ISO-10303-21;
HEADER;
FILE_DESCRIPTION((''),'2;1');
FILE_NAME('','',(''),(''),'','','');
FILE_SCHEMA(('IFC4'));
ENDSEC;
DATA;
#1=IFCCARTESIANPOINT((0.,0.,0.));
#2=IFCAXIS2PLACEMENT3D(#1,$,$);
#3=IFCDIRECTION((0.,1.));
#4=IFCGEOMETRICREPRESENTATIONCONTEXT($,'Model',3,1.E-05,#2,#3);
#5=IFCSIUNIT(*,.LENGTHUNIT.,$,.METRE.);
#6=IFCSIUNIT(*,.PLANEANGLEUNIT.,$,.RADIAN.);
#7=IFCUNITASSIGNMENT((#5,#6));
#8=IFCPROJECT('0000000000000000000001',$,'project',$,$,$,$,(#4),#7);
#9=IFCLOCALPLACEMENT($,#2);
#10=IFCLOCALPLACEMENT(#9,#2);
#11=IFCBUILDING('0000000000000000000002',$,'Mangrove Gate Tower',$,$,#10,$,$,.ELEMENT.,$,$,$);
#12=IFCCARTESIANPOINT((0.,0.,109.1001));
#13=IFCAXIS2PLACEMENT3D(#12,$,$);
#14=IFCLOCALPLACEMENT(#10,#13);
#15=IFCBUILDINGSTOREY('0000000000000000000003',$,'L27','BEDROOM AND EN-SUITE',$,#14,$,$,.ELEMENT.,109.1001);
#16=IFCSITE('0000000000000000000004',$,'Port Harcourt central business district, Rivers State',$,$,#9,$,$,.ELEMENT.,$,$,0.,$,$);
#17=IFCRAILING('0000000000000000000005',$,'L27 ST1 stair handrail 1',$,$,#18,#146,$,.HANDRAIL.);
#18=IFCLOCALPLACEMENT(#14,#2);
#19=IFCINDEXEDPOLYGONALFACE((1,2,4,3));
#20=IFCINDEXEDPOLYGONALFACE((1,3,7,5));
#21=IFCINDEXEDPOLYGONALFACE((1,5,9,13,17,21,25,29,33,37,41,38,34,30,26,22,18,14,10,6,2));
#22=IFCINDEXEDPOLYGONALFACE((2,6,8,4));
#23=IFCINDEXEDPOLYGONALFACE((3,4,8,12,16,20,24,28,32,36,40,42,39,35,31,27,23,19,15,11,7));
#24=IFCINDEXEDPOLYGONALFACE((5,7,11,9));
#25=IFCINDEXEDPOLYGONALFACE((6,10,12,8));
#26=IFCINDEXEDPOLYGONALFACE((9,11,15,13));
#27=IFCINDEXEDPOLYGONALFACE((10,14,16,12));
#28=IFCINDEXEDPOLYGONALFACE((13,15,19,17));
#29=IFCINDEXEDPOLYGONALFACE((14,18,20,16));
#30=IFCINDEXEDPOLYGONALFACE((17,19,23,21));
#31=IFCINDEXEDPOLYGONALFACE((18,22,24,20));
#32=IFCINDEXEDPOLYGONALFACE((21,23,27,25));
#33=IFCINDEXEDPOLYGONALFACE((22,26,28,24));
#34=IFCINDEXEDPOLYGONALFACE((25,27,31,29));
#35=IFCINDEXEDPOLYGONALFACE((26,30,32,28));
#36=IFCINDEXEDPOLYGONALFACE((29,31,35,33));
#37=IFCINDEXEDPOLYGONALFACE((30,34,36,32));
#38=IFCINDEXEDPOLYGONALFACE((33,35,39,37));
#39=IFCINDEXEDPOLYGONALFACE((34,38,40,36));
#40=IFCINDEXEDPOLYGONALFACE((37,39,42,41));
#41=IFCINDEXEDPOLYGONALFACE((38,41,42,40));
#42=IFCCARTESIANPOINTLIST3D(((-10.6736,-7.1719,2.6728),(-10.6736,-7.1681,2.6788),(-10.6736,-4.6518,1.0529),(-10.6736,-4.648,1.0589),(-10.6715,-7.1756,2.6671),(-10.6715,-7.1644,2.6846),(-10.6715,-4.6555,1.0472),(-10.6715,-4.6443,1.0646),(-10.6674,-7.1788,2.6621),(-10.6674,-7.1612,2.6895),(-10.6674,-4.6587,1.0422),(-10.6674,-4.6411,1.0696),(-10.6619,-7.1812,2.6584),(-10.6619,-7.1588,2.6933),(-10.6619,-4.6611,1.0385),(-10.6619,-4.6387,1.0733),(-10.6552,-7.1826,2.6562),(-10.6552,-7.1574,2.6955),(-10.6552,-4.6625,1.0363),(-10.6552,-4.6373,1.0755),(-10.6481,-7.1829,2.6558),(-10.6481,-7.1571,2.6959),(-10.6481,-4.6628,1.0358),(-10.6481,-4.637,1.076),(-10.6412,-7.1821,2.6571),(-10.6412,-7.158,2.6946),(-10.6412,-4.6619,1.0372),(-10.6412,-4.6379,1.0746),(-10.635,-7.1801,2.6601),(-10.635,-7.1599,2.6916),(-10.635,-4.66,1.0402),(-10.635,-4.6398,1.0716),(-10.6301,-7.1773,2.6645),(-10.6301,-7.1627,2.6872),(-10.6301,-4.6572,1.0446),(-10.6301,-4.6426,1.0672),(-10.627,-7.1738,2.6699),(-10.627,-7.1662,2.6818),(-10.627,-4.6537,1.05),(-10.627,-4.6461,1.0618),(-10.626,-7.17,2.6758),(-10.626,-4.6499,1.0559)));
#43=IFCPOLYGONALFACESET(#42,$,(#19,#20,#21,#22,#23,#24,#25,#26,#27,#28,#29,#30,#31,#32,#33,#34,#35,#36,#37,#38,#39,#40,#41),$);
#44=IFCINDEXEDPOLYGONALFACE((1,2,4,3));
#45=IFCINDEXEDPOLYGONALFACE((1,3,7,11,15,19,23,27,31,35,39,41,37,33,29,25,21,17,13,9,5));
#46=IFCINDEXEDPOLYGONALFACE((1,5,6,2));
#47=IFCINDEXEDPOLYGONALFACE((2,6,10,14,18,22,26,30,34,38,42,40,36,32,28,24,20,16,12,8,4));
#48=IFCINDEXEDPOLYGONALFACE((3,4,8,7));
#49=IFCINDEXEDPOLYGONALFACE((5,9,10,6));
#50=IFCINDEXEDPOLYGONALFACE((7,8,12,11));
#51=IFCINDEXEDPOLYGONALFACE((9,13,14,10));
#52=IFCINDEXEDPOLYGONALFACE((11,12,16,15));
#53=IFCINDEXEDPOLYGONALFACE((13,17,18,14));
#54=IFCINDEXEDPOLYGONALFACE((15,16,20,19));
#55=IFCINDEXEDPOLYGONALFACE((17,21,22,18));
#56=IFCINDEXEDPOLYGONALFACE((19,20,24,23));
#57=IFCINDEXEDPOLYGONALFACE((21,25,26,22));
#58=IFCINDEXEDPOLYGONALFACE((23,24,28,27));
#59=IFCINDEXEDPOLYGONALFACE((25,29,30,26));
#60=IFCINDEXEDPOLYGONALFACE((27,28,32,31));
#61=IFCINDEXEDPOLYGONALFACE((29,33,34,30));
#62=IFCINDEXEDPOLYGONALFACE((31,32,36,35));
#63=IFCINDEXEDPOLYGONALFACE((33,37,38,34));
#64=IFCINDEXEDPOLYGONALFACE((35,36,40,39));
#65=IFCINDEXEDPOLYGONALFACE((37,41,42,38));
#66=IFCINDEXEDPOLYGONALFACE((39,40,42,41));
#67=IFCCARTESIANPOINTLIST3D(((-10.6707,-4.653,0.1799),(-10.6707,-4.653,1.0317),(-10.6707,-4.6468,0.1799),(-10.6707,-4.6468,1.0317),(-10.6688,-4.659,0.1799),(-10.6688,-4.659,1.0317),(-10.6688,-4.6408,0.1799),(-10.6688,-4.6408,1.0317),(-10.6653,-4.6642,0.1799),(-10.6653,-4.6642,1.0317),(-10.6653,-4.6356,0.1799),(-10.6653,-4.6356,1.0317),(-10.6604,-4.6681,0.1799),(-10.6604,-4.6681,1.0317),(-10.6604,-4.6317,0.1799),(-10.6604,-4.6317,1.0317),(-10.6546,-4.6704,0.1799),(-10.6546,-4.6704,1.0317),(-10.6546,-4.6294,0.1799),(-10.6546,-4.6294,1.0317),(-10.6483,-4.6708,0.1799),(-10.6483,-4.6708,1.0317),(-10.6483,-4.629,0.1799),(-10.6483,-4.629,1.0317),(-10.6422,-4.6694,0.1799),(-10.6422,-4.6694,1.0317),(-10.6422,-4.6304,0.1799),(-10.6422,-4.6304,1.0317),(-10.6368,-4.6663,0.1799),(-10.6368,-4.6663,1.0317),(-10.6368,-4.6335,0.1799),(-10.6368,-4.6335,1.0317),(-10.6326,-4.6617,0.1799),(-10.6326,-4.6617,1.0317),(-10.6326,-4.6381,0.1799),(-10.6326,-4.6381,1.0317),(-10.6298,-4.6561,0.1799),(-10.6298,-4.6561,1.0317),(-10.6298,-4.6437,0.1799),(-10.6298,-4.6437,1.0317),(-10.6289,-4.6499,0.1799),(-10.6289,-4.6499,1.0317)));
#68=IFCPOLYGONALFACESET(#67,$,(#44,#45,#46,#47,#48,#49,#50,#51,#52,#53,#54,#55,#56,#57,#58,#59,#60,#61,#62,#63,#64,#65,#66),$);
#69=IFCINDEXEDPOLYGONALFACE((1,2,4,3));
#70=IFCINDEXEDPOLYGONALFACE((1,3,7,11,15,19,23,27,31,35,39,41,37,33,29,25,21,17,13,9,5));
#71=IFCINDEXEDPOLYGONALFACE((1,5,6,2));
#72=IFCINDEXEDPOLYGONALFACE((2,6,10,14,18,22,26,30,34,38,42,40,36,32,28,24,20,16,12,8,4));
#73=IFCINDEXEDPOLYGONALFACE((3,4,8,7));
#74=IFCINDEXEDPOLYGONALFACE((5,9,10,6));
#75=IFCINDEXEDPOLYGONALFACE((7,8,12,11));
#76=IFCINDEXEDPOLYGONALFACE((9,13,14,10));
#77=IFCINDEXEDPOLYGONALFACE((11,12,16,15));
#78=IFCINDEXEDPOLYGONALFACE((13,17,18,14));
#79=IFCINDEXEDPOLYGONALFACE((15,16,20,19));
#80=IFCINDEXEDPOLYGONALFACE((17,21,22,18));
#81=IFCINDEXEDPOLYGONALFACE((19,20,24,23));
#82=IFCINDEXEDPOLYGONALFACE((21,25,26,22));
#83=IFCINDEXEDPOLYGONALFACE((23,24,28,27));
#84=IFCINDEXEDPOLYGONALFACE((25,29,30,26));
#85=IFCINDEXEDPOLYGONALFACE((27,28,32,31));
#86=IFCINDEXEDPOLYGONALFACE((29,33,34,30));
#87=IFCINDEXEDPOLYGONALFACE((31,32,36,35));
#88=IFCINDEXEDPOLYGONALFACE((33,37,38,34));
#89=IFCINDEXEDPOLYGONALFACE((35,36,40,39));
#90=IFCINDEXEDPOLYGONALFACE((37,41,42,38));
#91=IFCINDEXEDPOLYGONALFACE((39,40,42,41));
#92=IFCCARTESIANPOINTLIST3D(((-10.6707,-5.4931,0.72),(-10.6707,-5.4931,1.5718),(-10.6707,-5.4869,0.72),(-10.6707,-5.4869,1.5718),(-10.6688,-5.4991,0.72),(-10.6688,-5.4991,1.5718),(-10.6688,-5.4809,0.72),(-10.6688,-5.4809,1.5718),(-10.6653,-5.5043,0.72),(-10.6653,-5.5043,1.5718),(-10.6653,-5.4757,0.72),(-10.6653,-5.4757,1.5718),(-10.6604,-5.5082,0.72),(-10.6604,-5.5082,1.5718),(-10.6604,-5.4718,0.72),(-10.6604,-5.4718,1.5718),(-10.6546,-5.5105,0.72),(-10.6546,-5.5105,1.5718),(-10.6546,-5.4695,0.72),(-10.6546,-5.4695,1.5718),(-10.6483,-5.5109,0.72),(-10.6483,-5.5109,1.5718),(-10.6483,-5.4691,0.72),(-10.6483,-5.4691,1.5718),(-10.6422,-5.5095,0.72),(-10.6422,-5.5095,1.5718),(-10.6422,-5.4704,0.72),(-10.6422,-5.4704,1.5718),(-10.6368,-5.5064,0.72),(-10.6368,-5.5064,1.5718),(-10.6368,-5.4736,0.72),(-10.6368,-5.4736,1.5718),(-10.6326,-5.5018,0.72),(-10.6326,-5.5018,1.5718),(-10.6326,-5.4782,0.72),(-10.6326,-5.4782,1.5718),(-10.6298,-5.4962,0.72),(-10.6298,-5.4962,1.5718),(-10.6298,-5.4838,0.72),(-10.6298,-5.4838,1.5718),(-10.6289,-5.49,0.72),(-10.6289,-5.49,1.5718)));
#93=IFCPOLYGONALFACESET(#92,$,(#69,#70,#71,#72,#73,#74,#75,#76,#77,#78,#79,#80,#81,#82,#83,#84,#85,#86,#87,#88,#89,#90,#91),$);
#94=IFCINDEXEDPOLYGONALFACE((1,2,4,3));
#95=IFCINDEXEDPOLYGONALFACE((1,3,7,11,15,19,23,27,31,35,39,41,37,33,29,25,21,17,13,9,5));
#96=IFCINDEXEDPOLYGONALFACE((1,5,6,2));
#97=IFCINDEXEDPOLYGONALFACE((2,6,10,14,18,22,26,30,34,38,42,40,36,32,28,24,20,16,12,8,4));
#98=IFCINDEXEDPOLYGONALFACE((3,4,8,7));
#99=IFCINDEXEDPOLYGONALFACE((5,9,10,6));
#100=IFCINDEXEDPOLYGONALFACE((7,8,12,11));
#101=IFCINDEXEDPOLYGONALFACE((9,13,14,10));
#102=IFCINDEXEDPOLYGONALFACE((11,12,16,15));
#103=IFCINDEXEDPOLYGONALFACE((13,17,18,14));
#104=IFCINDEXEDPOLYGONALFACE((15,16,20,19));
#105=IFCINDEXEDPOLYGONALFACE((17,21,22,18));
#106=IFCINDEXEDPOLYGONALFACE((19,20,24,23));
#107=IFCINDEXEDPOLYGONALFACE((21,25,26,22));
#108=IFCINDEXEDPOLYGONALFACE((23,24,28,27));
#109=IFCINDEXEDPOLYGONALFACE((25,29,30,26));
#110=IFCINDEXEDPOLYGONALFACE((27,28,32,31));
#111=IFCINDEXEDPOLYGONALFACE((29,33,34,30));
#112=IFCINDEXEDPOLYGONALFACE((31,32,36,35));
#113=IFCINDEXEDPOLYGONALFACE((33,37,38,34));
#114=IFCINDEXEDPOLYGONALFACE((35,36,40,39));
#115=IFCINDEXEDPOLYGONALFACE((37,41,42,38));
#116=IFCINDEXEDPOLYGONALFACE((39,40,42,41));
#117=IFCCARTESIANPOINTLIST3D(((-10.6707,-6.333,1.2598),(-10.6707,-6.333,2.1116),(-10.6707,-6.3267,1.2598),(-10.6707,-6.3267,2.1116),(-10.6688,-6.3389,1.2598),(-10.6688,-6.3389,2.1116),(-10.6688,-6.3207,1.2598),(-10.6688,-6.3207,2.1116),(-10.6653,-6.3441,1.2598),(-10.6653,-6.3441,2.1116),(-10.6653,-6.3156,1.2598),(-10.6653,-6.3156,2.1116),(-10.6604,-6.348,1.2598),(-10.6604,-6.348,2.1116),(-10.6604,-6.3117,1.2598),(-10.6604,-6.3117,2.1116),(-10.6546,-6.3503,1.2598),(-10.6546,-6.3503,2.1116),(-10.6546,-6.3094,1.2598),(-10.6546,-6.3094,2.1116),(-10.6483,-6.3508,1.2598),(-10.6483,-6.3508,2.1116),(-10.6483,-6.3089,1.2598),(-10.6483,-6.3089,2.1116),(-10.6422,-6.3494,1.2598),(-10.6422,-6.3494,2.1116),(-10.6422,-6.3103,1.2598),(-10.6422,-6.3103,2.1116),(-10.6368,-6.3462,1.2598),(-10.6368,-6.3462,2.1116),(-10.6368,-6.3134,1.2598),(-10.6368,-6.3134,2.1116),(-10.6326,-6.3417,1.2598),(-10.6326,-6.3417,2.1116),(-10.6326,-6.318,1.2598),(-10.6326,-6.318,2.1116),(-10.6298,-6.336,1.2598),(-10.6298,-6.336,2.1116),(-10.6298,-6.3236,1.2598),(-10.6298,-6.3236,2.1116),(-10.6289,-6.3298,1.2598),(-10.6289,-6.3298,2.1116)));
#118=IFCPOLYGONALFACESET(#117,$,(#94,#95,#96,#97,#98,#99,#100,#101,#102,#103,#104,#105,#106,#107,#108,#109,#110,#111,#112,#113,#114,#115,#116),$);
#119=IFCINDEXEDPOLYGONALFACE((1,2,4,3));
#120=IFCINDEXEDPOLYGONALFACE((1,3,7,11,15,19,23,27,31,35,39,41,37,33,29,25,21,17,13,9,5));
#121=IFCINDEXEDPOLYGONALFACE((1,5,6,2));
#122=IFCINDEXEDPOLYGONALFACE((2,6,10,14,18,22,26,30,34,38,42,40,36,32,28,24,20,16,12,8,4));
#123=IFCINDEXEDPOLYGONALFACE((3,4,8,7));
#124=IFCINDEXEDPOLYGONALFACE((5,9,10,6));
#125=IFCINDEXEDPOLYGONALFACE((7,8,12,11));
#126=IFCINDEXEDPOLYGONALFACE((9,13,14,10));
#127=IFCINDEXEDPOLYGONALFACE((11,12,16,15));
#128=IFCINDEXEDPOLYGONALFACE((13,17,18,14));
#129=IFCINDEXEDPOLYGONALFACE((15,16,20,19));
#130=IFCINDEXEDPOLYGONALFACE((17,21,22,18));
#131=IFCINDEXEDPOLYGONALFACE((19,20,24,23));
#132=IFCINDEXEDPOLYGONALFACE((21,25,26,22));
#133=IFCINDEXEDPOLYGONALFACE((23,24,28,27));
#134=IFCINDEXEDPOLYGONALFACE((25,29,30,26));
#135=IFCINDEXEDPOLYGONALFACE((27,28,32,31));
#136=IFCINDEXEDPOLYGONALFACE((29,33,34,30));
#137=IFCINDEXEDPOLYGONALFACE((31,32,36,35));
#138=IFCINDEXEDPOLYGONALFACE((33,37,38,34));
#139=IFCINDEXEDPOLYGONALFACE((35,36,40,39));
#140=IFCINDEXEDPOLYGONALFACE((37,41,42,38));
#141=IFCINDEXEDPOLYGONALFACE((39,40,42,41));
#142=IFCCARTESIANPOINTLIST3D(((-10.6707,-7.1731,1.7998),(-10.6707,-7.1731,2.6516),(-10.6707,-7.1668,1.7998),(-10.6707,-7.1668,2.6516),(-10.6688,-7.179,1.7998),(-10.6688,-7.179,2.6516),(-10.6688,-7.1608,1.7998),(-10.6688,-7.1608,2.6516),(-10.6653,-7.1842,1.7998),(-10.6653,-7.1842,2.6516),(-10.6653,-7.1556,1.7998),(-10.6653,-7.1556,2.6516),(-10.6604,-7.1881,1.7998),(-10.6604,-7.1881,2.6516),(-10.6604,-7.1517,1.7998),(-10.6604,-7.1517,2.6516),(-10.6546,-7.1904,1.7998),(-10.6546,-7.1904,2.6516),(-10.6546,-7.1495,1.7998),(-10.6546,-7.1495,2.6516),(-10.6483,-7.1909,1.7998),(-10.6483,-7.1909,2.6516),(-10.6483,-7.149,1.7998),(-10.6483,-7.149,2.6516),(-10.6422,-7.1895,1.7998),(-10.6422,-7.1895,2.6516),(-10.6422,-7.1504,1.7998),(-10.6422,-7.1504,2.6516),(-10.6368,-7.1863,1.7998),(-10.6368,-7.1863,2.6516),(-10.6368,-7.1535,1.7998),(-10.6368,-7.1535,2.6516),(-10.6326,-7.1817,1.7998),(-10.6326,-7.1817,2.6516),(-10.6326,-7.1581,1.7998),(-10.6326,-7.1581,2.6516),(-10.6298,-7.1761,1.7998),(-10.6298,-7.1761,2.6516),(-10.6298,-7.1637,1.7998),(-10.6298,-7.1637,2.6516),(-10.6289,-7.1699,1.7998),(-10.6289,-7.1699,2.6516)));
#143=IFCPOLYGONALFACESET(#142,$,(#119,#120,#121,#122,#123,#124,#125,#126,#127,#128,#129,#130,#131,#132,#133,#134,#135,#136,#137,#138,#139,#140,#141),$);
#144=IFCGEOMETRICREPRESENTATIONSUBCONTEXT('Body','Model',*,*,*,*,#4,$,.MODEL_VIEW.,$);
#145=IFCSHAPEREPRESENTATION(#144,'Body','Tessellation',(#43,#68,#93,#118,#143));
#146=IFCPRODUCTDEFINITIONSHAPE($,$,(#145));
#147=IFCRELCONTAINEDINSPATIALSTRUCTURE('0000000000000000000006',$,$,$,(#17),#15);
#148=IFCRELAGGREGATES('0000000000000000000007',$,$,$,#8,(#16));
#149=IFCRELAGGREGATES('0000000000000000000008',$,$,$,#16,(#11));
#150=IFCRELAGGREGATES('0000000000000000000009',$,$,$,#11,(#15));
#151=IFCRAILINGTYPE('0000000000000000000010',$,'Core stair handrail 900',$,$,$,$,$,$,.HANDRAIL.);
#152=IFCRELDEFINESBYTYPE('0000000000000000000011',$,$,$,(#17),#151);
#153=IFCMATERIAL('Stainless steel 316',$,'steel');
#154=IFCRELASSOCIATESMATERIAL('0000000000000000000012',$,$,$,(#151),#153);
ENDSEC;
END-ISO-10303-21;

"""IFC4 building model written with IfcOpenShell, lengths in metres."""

from ifc_helpers import new_model, si_unit, direction, frame, origin, origin_2d, place, context, subcontext, project, spatial, circle, extrude, material, type_object, element, save


model = new_model("IFC4")

# Units and contexts
model_context = context("Model", 3, precision=1e-05, world=origin(), true_north=direction((0.0, 1.0)))
body_context = subcontext(model_context, "Body", "Model", "MODEL_VIEW")
ifc_project = project(units=[si_unit("LENGTHUNIT", "METRE"), si_unit("PLANEANGLEUNIT", "RADIAN")], contexts=[model_context])

# Site, building, storey
site_placement = place(None, origin())
site = spatial("IfcSite", under=ifc_project, at=site_placement, Name="Port Harcourt central business district, Rivers State", CompositionType="ELEMENT", RefElevation=0.0)
building_placement = place(site_placement, origin())
building = spatial("IfcBuilding", under=site, at=building_placement, Name="Mangrove Gate Tower", CompositionType="ELEMENT")
storey_placement = place(building_placement, frame((0.0, 0.0, 109.1001)))
storey = spatial("IfcBuildingStorey", under=building, at=storey_placement, Name="L27", Description="BEDROOM AND EN-SUITE", CompositionType="ELEMENT", Elevation=109.1001)

# Railing
ifc_material_1 = material(Name="Stainless steel 316", Category="steel")
railing_type_1 = type_object("IfcRailingType", Name="Core stair handrail 900", PredefinedType="HANDRAIL", material=ifc_material_1)
railing_1_placement = place(storey_placement, frame((-10.6499, -4.6499, 0.1799)))
element("IfcRailing", 1, at=railing_1_placement, inside=storey, type_object=railing_type_1, Name="L27 ST1 stair handrail 1", PredefinedType="HANDRAIL", context=body_context, shape_type="SweptSolid", body=[
    extrude(circle(Radius=0.0239, at=origin_2d()), frame((0.0, 0.0, 0.876), z_axis=(0.0, -0.8412, 0.540725), x_axis=(1.0, 0.0, 0.0)), (0.0, 0.0, 1.0), 2.9958),
    extrude(circle(Radius=0.021, at=origin_2d()), origin(), (0.0, 0.0, 1.0), 0.8518),
    extrude(circle(Radius=0.021, at=origin_2d()), frame((0.0, -0.8401, 0.54)), (0.0, 0.0, 1.0), 0.8518),
    extrude(circle(Radius=0.021, at=origin_2d()), frame((0.0, -1.6799, 1.0798)), (0.0, 0.0, 1.0), 0.8518),
    extrude(circle(Radius=0.021, at=origin_2d()), frame((0.0, -2.52, 1.6199)), (0.0, 0.0, 1.0), 0.8518),
])

save(model, "model.ifc")
